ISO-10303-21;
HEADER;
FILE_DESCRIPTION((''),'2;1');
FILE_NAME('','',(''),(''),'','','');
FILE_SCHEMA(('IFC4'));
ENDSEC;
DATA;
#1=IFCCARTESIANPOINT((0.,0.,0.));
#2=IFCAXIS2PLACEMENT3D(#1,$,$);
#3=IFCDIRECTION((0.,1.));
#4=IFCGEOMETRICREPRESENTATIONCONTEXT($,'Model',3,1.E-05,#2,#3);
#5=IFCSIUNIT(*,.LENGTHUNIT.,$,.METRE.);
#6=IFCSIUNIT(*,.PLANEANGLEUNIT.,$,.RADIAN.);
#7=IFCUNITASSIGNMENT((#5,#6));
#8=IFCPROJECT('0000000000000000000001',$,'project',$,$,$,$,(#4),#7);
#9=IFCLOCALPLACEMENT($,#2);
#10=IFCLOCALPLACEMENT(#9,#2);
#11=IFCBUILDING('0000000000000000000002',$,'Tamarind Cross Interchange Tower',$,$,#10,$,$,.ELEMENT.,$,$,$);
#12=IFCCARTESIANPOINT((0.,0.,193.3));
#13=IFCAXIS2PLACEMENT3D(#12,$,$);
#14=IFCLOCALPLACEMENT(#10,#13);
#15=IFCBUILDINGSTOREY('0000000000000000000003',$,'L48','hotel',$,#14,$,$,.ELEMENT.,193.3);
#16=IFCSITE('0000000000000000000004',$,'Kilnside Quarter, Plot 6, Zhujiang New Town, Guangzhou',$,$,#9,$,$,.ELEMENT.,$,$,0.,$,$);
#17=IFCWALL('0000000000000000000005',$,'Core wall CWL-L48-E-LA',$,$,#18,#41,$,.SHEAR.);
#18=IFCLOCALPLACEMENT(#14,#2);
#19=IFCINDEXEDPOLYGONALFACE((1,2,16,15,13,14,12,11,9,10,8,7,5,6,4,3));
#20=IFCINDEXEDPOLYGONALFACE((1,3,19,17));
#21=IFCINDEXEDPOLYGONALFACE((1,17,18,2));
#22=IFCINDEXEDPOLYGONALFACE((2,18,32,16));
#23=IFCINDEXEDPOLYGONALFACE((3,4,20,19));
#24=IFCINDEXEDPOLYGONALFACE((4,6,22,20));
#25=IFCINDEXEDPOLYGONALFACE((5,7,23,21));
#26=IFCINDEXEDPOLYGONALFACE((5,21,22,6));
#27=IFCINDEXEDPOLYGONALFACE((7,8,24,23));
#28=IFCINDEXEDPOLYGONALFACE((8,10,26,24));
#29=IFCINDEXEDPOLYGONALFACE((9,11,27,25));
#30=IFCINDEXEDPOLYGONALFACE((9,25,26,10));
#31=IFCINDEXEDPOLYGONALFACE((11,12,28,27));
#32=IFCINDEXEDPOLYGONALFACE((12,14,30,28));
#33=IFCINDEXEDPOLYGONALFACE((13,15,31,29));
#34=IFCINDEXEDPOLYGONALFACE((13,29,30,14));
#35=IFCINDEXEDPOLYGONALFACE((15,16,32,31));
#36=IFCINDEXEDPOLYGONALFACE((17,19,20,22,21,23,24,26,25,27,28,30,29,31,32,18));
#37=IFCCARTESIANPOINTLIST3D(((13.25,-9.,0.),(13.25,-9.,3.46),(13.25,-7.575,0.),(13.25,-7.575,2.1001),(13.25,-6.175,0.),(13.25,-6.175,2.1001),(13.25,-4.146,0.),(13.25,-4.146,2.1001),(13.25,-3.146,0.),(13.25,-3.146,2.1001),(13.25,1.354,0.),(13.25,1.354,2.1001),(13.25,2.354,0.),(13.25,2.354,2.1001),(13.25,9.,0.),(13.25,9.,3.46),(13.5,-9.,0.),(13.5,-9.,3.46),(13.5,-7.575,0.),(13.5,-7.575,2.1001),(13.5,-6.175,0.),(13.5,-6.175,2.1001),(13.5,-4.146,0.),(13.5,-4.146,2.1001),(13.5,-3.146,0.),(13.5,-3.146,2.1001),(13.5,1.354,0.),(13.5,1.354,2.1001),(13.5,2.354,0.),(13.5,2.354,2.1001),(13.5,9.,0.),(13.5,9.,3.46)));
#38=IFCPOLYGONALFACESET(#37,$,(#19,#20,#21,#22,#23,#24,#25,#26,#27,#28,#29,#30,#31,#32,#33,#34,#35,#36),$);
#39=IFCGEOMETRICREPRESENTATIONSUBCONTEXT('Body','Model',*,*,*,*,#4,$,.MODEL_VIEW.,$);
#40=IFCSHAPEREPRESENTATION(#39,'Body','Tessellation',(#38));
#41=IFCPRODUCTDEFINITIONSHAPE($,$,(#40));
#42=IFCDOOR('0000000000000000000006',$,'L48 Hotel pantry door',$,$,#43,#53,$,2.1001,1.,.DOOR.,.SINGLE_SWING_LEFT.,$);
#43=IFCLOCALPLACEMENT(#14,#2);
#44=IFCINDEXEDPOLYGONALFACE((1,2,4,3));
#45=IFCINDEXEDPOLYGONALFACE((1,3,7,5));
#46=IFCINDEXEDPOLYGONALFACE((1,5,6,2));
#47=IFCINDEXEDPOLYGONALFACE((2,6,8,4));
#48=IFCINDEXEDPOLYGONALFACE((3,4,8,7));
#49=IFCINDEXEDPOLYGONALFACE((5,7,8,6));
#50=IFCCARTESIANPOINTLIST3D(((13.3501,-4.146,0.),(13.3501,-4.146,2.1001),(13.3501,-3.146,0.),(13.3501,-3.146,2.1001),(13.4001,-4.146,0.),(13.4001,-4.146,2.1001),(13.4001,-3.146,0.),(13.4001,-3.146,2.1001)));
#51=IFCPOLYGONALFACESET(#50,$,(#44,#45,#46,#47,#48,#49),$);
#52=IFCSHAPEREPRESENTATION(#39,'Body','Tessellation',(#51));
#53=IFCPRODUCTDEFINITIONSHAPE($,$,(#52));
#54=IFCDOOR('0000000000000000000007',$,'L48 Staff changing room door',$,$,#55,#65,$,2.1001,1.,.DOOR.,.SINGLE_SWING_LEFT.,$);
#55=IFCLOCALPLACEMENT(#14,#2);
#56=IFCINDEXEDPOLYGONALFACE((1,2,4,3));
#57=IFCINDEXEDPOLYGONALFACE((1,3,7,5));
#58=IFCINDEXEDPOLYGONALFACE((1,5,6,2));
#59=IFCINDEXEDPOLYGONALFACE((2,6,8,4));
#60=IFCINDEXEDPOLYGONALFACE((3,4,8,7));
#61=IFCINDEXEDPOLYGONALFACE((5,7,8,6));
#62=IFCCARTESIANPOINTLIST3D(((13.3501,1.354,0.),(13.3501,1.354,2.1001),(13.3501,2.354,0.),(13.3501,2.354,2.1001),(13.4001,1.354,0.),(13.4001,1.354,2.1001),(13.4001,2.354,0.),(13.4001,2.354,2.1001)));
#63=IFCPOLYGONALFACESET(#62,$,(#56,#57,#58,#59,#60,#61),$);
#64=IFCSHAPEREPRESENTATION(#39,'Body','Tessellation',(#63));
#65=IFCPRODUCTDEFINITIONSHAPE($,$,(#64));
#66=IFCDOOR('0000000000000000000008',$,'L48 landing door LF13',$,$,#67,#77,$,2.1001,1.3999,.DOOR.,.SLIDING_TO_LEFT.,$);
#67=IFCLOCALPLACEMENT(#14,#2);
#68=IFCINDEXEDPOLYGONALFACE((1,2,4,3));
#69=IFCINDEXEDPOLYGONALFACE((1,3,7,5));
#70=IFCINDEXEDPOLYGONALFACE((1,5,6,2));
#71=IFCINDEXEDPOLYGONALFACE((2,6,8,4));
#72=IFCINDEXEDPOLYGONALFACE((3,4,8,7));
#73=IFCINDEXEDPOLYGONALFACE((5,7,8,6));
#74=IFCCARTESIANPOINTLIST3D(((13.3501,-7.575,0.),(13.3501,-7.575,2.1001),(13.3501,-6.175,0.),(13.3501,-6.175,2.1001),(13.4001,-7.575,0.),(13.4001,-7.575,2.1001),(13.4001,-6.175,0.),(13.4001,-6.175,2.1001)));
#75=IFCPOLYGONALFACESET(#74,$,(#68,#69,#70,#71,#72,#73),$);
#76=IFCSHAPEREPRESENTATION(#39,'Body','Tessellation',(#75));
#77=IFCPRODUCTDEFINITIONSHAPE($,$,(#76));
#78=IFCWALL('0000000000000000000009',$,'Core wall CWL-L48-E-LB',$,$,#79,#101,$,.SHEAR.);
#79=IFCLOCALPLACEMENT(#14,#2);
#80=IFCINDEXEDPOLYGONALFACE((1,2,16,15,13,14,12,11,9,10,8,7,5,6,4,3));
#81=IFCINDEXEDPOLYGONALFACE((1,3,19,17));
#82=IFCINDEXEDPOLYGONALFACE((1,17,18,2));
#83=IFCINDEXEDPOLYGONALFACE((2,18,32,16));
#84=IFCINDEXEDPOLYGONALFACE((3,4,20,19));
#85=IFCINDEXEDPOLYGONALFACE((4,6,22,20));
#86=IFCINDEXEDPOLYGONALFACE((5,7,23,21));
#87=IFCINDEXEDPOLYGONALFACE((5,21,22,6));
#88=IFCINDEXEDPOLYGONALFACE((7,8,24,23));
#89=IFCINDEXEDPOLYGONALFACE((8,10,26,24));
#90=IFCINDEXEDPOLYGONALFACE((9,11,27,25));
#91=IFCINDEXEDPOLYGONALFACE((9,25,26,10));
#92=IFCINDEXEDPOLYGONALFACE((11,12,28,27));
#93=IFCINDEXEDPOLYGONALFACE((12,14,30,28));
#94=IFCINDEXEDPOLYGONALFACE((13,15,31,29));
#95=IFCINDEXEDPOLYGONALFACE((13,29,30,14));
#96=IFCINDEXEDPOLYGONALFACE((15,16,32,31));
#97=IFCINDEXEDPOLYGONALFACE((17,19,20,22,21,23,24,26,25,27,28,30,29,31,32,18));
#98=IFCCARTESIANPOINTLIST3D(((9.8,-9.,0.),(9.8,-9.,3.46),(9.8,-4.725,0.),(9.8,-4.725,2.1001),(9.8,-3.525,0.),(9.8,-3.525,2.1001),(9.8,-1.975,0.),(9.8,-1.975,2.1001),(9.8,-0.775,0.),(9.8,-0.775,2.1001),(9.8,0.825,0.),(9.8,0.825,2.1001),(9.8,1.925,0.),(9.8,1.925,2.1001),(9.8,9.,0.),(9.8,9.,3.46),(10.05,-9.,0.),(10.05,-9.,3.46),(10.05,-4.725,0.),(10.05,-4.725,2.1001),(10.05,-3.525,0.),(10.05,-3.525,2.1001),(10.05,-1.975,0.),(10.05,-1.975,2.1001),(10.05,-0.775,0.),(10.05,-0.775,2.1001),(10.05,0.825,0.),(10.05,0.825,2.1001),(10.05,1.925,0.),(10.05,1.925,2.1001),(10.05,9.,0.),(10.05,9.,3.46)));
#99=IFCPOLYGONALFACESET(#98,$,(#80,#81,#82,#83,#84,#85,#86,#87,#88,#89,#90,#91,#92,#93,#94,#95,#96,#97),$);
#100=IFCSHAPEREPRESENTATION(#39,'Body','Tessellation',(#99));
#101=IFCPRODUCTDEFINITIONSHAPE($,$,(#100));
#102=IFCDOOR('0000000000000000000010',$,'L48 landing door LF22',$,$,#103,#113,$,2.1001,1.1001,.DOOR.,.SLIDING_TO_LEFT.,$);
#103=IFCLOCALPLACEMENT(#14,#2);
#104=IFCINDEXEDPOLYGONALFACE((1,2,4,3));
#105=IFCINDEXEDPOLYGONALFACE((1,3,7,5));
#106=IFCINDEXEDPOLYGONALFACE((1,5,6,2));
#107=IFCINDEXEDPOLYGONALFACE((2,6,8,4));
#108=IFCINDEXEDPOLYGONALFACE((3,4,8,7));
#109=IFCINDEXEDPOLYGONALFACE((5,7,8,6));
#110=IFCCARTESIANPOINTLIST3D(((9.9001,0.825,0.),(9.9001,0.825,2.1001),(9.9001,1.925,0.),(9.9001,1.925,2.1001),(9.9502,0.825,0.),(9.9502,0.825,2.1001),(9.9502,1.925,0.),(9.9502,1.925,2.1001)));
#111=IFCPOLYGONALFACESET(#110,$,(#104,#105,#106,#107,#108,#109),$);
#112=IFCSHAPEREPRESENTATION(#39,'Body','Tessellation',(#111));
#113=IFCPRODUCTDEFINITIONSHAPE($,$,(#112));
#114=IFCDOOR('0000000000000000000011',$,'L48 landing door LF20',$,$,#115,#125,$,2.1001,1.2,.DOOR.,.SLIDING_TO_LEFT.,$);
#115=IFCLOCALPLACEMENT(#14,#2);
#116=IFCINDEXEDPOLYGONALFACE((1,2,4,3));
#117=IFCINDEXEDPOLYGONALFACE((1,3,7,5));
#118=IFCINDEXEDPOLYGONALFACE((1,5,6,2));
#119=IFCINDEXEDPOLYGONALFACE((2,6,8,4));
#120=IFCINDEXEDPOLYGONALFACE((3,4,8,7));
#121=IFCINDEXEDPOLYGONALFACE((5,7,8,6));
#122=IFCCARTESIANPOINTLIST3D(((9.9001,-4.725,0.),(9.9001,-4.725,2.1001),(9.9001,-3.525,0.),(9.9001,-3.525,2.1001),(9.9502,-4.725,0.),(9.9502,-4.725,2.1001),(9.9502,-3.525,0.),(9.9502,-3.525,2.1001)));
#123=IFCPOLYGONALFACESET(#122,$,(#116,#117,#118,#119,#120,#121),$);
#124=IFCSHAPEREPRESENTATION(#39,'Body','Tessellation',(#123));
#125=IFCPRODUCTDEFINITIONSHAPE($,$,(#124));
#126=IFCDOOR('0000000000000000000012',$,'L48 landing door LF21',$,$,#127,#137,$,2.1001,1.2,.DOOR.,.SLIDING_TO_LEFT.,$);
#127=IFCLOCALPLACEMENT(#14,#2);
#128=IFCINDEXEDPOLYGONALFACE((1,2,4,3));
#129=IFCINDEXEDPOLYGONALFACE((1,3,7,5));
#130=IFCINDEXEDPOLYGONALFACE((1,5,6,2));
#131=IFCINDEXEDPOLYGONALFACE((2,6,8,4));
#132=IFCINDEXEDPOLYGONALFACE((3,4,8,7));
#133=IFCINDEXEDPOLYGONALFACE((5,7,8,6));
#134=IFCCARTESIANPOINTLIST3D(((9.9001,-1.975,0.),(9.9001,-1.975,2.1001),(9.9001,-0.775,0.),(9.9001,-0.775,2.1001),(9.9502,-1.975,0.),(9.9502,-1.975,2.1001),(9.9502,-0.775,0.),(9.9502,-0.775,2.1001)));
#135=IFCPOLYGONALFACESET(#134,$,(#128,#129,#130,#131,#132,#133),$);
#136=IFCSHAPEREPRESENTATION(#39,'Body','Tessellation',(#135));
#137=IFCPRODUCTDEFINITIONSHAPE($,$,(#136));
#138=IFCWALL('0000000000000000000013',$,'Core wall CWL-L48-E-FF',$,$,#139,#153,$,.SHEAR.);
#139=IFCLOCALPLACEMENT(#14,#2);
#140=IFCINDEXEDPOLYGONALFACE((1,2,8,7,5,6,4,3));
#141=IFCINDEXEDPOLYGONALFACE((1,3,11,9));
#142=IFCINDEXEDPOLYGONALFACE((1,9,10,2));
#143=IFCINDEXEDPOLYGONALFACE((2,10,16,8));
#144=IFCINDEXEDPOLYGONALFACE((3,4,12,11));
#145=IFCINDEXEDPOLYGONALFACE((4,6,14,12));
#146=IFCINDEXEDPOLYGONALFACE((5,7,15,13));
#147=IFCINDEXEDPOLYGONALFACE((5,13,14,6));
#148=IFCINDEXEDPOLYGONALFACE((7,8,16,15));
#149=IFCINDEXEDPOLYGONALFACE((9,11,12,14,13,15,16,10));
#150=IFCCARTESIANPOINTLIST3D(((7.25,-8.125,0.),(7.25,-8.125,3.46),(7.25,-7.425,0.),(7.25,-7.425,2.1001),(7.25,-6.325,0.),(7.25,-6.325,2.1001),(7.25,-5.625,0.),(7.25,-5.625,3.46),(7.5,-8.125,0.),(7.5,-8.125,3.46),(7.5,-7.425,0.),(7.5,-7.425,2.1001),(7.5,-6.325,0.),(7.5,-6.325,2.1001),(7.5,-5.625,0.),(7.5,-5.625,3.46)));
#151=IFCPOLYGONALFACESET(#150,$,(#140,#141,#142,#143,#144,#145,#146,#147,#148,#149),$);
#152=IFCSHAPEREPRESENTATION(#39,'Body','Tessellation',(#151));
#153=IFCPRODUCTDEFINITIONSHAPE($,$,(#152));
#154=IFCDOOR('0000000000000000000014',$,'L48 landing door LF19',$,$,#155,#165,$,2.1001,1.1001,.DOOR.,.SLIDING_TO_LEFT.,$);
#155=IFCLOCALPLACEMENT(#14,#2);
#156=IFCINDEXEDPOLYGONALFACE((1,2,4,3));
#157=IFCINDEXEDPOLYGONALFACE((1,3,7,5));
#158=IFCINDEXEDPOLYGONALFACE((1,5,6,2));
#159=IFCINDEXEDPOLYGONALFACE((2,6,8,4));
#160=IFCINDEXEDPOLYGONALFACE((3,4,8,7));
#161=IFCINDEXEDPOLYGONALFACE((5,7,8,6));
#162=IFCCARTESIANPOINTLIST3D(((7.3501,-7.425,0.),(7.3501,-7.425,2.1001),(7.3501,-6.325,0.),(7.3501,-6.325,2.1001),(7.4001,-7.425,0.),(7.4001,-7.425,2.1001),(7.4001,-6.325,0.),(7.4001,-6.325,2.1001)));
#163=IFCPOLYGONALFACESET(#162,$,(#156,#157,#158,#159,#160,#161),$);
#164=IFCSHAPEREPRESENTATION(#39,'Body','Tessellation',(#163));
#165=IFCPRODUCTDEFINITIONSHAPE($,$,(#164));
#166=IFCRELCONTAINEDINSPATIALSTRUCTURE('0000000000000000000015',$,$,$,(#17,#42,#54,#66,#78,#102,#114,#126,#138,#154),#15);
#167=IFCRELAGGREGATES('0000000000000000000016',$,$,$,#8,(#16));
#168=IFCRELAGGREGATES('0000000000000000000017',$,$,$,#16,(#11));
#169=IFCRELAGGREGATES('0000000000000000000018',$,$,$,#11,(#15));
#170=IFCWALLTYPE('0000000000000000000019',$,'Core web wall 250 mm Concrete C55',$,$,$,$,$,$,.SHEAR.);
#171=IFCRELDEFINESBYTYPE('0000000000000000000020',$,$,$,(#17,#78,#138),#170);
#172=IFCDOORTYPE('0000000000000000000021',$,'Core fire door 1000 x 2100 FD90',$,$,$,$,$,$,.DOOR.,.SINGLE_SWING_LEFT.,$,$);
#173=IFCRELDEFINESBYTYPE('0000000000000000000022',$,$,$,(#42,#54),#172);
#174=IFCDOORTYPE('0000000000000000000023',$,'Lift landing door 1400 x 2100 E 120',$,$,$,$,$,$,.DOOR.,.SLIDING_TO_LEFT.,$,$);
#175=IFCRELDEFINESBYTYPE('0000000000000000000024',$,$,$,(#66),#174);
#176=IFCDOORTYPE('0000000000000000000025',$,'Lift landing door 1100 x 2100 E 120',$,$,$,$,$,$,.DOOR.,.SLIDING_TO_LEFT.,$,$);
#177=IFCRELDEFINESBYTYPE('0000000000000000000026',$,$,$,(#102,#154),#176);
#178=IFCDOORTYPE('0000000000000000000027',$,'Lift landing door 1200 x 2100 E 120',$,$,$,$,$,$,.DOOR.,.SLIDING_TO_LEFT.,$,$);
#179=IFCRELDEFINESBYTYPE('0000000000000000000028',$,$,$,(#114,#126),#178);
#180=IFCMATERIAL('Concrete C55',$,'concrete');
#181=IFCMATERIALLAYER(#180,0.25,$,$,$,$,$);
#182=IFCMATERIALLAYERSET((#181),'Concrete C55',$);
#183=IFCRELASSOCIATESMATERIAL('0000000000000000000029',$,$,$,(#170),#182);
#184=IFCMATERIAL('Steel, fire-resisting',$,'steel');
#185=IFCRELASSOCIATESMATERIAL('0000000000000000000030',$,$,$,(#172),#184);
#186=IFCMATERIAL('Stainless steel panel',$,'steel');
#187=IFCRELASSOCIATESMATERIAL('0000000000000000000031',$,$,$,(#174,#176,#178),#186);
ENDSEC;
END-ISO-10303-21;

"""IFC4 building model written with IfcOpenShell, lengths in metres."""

from ifc_helpers import new_model, si_unit, direction, frame, frame_2d, origin, place, context, subcontext, project, spatial, rectangle, extrude, material, layer, layer_set, type_object, element, fill, save


model = new_model("IFC4")

# Units and contexts
model_context = context("Model", 3, precision=1e-05, world=origin(), true_north=direction((0.0, 1.0)))
body_context = subcontext(model_context, "Body", "Model", "MODEL_VIEW")
ifc_project = project(units=[si_unit("LENGTHUNIT", "METRE"), si_unit("PLANEANGLEUNIT", "RADIAN")], contexts=[model_context])

# Site, building, storey
site_placement = place(None, origin())
site = spatial("IfcSite", under=ifc_project, at=site_placement, Name="Kilnside Quarter, Plot 6, Zhujiang New Town, Guangzhou", CompositionType="ELEMENT", RefElevation=0.0)
building_placement = place(site_placement, origin())
building = spatial("IfcBuilding", under=site, at=building_placement, Name="Tamarind Cross Interchange Tower", CompositionType="ELEMENT")
storey_placement = place(building_placement, frame((0.0, 0.0, 193.3)))
storey = spatial("IfcBuildingStorey", under=building, at=storey_placement, Name="L48", Description="hotel", CompositionType="ELEMENT", Elevation=193.3)

# Shared definitions
ifc_material_1 = material(Name="Concrete C55", Category="concrete")

# Walls, openings, doors
ifc_layer_1 = layer(ifc_material_1, 0.25)
ifc_layer_set_1 = layer_set([ifc_layer_1], Name="Concrete C55")
wall_type_1 = type_object("IfcWallType", Name="Core web wall 250 mm Concrete C55", PredefinedType="SHEAR", material=ifc_layer_set_1)
wall_1_placement = place(storey_placement, frame((13.375, -9.0, 0.0), z_axis=(0.0, 0.0, 1.0), x_axis=(0.0, 1.0, 0.0)))
wall_1 = element("IfcWall", 1, at=wall_1_placement, inside=storey, type_object=wall_type_1, Name="Core wall CWL-L48-E-LA", PredefinedType="SHEAR", context=body_context, shape_type="SweptSolid", body=[
    extrude(rectangle(XDim=18.0, YDim=0.25, at=frame_2d((9.0, 0.0))), origin(), (0.0, 0.0, 1.0), 3.46),
])
opening_1_placement = place(wall_1_placement, frame((1.425, 0.0, 0.0)))
opening_1 = element("IfcOpeningElement", 2, at=opening_1_placement, cuts=wall_1, PredefinedType="OPENING", context=body_context, shape_type="SweptSolid", body=[
    extrude(rectangle(XDim=1.3999, YDim=2.1001, at=frame_2d((0.7, 1.05))), frame((0.0, 0.135, 0.0), z_axis=(0.0, -1.0, 0.0), x_axis=(1.0, 0.0, 0.0)), (0.0, 0.0, 1.0), 0.27),
])
opening_2_placement = place(wall_1_placement, frame((4.854, 0.0, 0.0)))
opening_2 = element("IfcOpeningElement", 3, at=opening_2_placement, cuts=wall_1, PredefinedType="OPENING", context=body_context, shape_type="SweptSolid", body=[
    extrude(rectangle(XDim=1.0, YDim=2.1001, at=frame_2d((0.5, 1.05))), frame((0.0, 0.135, 0.0), z_axis=(0.0, -1.0, 0.0), x_axis=(1.0, 0.0, 0.0)), (0.0, 0.0, 1.0), 0.27),
])
opening_3_placement = place(wall_1_placement, frame((10.354, 0.0, 0.0)))
opening_3 = element("IfcOpeningElement", 4, at=opening_3_placement, cuts=wall_1, PredefinedType="OPENING", context=body_context, shape_type="SweptSolid", body=[
    extrude(rectangle(XDim=1.0, YDim=2.1001, at=frame_2d((0.5, 1.05))), frame((0.0, 0.135, 0.0), z_axis=(0.0, -1.0, 0.0), x_axis=(1.0, 0.0, 0.0)), (0.0, 0.0, 1.0), 0.27),
])
ifc_material_2 = material(Name="Steel, fire-resisting", Category="steel")
door_type_1 = type_object("IfcDoorType", Name="Core fire door 1000 x 2100 FD90", OperationType="SINGLE_SWING_LEFT", PredefinedType="DOOR", material=ifc_material_2)
door_1_placement = place(opening_2_placement, origin())
door_1 = element("IfcDoor", 5, at=door_1_placement, inside=storey, type_object=door_type_1, Name="L48 Hotel pantry door", OperationType="SINGLE_SWING_LEFT", OverallHeight=2.1001, OverallWidth=1.0, PredefinedType="DOOR", context=body_context, shape_type="SweptSolid", body=[
    extrude(rectangle(XDim=1.0, YDim=2.1001, at=frame_2d((0.5, 1.05))), frame((0.0, 0.0249, 0.0), z_axis=(0.0, -1.0, 0.0), x_axis=(1.0, 0.0, 0.0)), (0.0, 0.0, 1.0), 0.05),
])
fill(opening_2, door_1)
door_2_placement = place(opening_3_placement, origin())
door_2 = element("IfcDoor", 6, at=door_2_placement, inside=storey, type_object=door_type_1, Name="L48 Staff changing room door", OperationType="SINGLE_SWING_LEFT", OverallHeight=2.1001, OverallWidth=1.0, PredefinedType="DOOR", context=body_context, shape_type="SweptSolid", body=[
    extrude(rectangle(XDim=1.0, YDim=2.1001, at=frame_2d((0.5, 1.05))), frame((0.0, 0.0249, 0.0), z_axis=(0.0, -1.0, 0.0), x_axis=(1.0, 0.0, 0.0)), (0.0, 0.0, 1.0), 0.05),
])
fill(opening_3, door_2)
ifc_material_3 = material(Name="Stainless steel panel", Category="steel")
door_type_2 = type_object("IfcDoorType", Name="Lift landing door 1400 x 2100 E 120", OperationType="SLIDING_TO_LEFT", PredefinedType="DOOR", material=ifc_material_3)
door_3_placement = place(opening_1_placement, origin())
door_3 = element("IfcDoor", 7, at=door_3_placement, inside=storey, type_object=door_type_2, Name="L48 landing door LF13", OperationType="SLIDING_TO_LEFT", OverallHeight=2.1001, OverallWidth=1.3999, PredefinedType="DOOR", context=body_context, shape_type="SweptSolid", body=[
    extrude(rectangle(XDim=1.3999, YDim=2.1001, at=frame_2d((0.7, 1.05))), frame((0.0, 0.0249, 0.0), z_axis=(0.0, -1.0, 0.0), x_axis=(1.0, 0.0, 0.0)), (0.0, 0.0, 1.0), 0.05),
])
fill(opening_1, door_3)
wall_2_placement = place(storey_placement, frame((9.925, -9.0, 0.0), z_axis=(0.0, 0.0, 1.0), x_axis=(0.0, 1.0, 0.0)))
wall_2 = element("IfcWall", 8, at=wall_2_placement, inside=storey, type_object=wall_type_1, Name="Core wall CWL-L48-E-LB", PredefinedType="SHEAR", context=body_context, shape_type="SweptSolid", body=[
    extrude(rectangle(XDim=18.0, YDim=0.25, at=frame_2d((9.0, 0.0))), origin(), (0.0, 0.0, 1.0), 3.46),
])
opening_4_placement = place(wall_2_placement, frame((4.2749, 0.0, 0.0)))
opening_4 = element("IfcOpeningElement", 9, at=opening_4_placement, cuts=wall_2, PredefinedType="OPENING", context=body_context, shape_type="SweptSolid", body=[
    extrude(rectangle(XDim=1.2, YDim=2.1001, at=frame_2d((0.6001, 1.05))), frame((0.0, 0.135, 0.0), z_axis=(0.0, -1.0, 0.0), x_axis=(1.0, 0.0, 0.0)), (0.0, 0.0, 1.0), 0.27),
])
opening_5_placement = place(wall_2_placement, frame((7.0249, 0.0, 0.0)))
opening_5 = element("IfcOpeningElement", 10, at=opening_5_placement, cuts=wall_2, PredefinedType="OPENING", context=body_context, shape_type="SweptSolid", body=[
    extrude(rectangle(XDim=1.2, YDim=2.1001, at=frame_2d((0.6001, 1.05))), frame((0.0, 0.135, 0.0), z_axis=(0.0, -1.0, 0.0), x_axis=(1.0, 0.0, 0.0)), (0.0, 0.0, 1.0), 0.27),
])
opening_6_placement = place(wall_2_placement, frame((9.825, 0.0, 0.0)))
opening_6 = element("IfcOpeningElement", 11, at=opening_6_placement, cuts=wall_2, PredefinedType="OPENING", context=body_context, shape_type="SweptSolid", body=[
    extrude(rectangle(XDim=1.1001, YDim=2.1001, at=frame_2d((0.55, 1.05))), frame((0.0, 0.135, 0.0), z_axis=(0.0, -1.0, 0.0), x_axis=(1.0, 0.0, 0.0)), (0.0, 0.0, 1.0), 0.27),
])
door_type_3 = type_object("IfcDoorType", Name="Lift landing door 1100 x 2100 E 120", OperationType="SLIDING_TO_LEFT", PredefinedType="DOOR", material=ifc_material_3)
door_4_placement = place(opening_6_placement, origin())
door_4 = element("IfcDoor", 12, at=door_4_placement, inside=storey, type_object=door_type_3, Name="L48 landing door LF22", OperationType="SLIDING_TO_LEFT", OverallHeight=2.1001, OverallWidth=1.1001, PredefinedType="DOOR", context=body_context, shape_type="SweptSolid", body=[
    extrude(rectangle(XDim=1.1001, YDim=2.1001, at=frame_2d((0.55, 1.05))), frame((0.0, 0.0249, 0.0), z_axis=(0.0, -1.0, 0.0), x_axis=(1.0, 0.0, 0.0)), (0.0, 0.0, 1.0), 0.05),
])
fill(opening_6, door_4)
door_type_4 = type_object("IfcDoorType", Name="Lift landing door 1200 x 2100 E 120", OperationType="SLIDING_TO_LEFT", PredefinedType="DOOR", material=ifc_material_3)
door_5_placement = place(opening_4_placement, origin())
door_5 = element("IfcDoor", 13, at=door_5_placement, inside=storey, type_object=door_type_4, Name="L48 landing door LF20", OperationType="SLIDING_TO_LEFT", OverallHeight=2.1001, OverallWidth=1.2, PredefinedType="DOOR", context=body_context, shape_type="SweptSolid", body=[
    extrude(rectangle(XDim=1.2, YDim=2.1001, at=frame_2d((0.6001, 1.05))), frame((0.0, 0.0249, 0.0), z_axis=(0.0, -1.0, 0.0), x_axis=(1.0, 0.0, 0.0)), (0.0, 0.0, 1.0), 0.05),
])
fill(opening_4, door_5)
door_6_placement = place(opening_5_placement, origin())
door_6 = element("IfcDoor", 14, at=door_6_placement, inside=storey, type_object=door_type_4, Name="L48 landing door LF21", OperationType="SLIDING_TO_LEFT", OverallHeight=2.1001, OverallWidth=1.2, PredefinedType="DOOR", context=body_context, shape_type="SweptSolid", body=[
    extrude(rectangle(XDim=1.2, YDim=2.1001, at=frame_2d((0.6001, 1.05))), frame((0.0, 0.0249, 0.0), z_axis=(0.0, -1.0, 0.0), x_axis=(1.0, 0.0, 0.0)), (0.0, 0.0, 1.0), 0.05),
])
fill(opening_5, door_6)

# Wall, opening, door
wall_3_placement = place(storey_placement, frame((7.375, -8.125, 0.0), z_axis=(0.0, 0.0, 1.0), x_axis=(0.0, 1.0, 0.0)))
wall_3 = element("IfcWall", 15, at=wall_3_placement, inside=storey, type_object=wall_type_1, Name="Core wall CWL-L48-E-FF", PredefinedType="SHEAR", context=body_context, shape_type="SweptSolid", body=[
    extrude(rectangle(XDim=2.5, YDim=0.25, at=frame_2d((1.25, 0.0))), origin(), (0.0, 0.0, 1.0), 3.46),
])
opening_7_placement = place(wall_3_placement, frame((0.7, 0.0, 0.0)))
opening_7 = element("IfcOpeningElement", 16, at=opening_7_placement, cuts=wall_3, PredefinedType="OPENING", context=body_context, shape_type="SweptSolid", body=[
    extrude(rectangle(XDim=1.1001, YDim=2.1001, at=frame_2d((0.55, 1.05))), frame((0.0, 0.135, 0.0), z_axis=(0.0, -1.0, 0.0), x_axis=(1.0, 0.0, 0.0)), (0.0, 0.0, 1.0), 0.27),
])
door_7_placement = place(opening_7_placement, origin())
door_7 = element("IfcDoor", 17, at=door_7_placement, inside=storey, type_object=door_type_3, Name="L48 landing door LF19", OperationType="SLIDING_TO_LEFT", OverallHeight=2.1001, OverallWidth=1.1001, PredefinedType="DOOR", context=body_context, shape_type="SweptSolid", body=[
    extrude(rectangle(XDim=1.1001, YDim=2.1001, at=frame_2d((0.55, 1.05))), frame((0.0, 0.0249, 0.0), z_axis=(0.0, -1.0, 0.0), x_axis=(1.0, 0.0, 0.0)), (0.0, 0.0, 1.0), 0.05),
])
fill(opening_7, door_7)

save(model, "model.ifc")
